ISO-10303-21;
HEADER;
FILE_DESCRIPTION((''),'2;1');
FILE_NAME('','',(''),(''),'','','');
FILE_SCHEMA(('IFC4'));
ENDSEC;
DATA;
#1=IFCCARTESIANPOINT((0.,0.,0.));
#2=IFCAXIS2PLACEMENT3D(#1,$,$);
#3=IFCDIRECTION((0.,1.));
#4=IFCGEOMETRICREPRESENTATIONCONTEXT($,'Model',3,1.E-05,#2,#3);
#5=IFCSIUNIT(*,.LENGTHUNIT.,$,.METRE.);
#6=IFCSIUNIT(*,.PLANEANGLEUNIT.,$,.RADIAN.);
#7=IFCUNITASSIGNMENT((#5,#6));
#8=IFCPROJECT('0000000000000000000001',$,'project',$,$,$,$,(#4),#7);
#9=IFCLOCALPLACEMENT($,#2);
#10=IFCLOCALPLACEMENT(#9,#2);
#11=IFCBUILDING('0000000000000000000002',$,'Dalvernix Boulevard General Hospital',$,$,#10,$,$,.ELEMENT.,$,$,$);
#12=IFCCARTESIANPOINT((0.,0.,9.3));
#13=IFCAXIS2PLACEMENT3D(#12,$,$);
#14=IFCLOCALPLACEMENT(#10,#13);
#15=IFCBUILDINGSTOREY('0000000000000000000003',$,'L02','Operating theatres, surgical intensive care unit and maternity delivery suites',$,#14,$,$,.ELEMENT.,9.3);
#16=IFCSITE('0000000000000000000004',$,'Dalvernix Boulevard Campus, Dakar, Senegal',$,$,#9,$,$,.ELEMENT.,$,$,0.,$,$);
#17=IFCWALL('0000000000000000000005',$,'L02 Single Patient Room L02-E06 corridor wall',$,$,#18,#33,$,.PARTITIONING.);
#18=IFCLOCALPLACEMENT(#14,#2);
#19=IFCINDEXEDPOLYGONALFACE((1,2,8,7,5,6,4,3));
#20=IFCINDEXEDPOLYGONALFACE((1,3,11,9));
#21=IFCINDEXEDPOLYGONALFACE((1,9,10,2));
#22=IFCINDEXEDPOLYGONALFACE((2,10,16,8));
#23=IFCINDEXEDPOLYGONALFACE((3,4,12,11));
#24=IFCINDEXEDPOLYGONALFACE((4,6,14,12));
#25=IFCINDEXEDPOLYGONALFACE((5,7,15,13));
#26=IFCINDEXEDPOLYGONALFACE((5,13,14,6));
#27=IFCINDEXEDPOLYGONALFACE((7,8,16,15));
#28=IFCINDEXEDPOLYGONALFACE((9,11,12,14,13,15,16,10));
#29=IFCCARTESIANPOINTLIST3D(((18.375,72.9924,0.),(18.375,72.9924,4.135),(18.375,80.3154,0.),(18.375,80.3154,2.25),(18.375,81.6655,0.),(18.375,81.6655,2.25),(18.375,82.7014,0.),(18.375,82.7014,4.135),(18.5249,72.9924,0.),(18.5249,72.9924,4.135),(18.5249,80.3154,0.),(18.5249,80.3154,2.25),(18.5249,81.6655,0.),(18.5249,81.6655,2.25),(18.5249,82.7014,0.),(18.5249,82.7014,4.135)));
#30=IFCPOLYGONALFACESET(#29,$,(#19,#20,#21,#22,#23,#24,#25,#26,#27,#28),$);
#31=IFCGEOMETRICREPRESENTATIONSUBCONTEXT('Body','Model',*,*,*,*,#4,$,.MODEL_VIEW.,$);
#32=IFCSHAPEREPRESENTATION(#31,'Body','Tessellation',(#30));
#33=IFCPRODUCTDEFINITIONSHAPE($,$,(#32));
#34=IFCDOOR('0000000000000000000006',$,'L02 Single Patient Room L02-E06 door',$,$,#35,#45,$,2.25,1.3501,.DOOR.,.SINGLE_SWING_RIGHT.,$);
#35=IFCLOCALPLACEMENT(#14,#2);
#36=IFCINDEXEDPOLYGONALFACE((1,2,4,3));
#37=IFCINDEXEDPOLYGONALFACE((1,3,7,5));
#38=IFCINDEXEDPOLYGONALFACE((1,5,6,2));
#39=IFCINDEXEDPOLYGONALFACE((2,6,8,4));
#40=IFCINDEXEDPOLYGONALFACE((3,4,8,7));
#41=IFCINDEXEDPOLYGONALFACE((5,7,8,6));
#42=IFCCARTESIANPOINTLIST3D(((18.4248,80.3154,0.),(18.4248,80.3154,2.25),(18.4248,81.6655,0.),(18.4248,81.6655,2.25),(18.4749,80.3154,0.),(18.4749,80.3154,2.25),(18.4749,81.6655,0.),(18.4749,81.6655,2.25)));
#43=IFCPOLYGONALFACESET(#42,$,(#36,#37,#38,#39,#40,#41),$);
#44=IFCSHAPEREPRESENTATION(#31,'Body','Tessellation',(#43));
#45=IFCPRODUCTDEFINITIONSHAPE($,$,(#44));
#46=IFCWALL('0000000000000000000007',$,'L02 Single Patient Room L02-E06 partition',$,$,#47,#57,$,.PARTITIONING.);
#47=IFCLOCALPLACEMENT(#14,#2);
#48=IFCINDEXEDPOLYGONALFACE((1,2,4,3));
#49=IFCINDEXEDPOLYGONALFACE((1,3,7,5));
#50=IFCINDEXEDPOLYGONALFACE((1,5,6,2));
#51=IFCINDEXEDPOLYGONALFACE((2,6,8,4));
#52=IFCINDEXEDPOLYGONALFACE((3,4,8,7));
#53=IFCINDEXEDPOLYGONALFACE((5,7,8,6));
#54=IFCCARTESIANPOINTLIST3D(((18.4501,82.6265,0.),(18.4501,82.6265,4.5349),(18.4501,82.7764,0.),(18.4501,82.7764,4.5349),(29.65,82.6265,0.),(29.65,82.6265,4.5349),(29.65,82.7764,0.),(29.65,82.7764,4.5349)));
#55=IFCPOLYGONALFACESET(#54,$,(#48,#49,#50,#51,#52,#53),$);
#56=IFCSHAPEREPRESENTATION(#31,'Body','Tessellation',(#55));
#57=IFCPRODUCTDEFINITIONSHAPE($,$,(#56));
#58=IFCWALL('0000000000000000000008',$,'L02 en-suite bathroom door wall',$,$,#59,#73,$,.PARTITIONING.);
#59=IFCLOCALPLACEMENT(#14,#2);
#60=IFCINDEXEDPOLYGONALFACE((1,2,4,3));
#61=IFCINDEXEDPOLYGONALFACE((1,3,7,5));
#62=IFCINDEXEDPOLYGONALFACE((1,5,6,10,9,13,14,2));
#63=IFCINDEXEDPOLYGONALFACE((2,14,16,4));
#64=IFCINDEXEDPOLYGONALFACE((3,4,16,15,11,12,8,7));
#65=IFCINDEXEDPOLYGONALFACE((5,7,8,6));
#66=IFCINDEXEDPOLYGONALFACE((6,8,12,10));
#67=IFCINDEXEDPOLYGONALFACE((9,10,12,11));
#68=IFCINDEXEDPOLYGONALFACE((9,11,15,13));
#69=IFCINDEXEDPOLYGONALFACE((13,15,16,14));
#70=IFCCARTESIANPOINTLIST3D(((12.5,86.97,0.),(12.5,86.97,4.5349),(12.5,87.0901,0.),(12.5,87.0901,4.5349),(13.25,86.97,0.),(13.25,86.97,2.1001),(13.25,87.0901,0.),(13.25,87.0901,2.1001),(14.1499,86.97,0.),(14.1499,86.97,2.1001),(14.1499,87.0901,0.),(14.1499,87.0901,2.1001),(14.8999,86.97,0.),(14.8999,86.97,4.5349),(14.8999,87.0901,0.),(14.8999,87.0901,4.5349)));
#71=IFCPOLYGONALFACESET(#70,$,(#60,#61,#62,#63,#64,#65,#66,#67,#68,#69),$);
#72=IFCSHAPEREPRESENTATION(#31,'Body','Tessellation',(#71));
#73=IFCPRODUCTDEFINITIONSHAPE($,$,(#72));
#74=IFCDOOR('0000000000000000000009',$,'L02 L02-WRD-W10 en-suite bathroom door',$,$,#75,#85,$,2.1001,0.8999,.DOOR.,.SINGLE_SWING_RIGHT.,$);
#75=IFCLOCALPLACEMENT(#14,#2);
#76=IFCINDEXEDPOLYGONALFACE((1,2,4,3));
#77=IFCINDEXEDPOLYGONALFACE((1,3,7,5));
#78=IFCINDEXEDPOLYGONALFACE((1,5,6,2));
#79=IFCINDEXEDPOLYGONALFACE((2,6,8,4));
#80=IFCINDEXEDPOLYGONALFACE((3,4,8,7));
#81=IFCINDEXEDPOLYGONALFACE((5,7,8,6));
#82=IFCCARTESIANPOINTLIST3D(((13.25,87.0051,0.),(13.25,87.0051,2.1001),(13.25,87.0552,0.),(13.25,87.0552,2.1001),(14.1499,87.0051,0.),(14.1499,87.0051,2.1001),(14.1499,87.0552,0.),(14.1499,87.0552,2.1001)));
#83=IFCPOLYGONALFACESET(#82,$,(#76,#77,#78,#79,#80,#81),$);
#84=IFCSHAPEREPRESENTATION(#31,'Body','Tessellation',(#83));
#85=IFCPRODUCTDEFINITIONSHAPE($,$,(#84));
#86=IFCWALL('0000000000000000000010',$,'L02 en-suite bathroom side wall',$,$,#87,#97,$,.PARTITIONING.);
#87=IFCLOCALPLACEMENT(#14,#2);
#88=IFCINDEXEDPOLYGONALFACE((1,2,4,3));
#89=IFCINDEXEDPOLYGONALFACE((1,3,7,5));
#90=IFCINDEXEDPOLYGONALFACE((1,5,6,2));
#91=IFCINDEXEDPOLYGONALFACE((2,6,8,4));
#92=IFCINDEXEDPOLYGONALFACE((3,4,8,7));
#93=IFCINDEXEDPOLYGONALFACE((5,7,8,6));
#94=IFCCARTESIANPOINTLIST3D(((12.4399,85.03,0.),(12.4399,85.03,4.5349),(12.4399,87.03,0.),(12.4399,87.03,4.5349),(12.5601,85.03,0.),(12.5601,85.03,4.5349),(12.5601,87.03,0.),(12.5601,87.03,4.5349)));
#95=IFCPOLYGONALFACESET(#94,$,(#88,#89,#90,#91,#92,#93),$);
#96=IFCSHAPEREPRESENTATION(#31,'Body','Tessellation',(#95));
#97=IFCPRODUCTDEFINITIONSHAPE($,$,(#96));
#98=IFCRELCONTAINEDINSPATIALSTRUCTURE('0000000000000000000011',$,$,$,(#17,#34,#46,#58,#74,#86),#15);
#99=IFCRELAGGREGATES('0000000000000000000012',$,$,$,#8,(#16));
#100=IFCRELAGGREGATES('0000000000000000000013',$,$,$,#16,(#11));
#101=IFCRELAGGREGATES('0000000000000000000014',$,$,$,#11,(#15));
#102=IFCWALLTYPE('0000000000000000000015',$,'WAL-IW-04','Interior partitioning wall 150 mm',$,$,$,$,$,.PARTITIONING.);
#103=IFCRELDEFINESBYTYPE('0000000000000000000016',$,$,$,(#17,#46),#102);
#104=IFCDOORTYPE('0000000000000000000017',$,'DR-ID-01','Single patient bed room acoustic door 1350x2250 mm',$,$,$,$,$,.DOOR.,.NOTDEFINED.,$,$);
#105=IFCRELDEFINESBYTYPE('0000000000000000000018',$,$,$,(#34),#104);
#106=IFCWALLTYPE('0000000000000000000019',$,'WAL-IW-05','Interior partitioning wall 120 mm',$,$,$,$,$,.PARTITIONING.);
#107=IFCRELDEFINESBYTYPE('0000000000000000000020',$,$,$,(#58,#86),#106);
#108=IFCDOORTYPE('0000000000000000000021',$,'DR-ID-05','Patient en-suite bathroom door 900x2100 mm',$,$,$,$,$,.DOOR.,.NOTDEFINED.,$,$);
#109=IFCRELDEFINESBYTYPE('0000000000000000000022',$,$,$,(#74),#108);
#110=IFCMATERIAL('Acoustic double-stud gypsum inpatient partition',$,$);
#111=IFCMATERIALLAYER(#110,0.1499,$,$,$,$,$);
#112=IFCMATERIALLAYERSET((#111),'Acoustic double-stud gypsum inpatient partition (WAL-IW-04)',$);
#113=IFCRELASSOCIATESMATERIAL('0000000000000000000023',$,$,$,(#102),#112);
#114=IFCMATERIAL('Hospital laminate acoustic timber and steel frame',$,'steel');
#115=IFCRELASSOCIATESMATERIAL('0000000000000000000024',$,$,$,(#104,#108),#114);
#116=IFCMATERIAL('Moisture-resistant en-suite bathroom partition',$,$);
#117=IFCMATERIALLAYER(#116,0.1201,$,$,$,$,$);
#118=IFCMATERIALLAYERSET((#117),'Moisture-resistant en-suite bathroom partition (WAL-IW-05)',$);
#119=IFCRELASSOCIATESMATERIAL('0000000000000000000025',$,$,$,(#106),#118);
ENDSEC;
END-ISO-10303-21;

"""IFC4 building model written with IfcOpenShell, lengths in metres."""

from ifc_helpers import new_model, si_unit, direction, frame, frame_2d, origin, place, context, subcontext, project, spatial, rectangle, extrude, material, layer, layer_set, type_object, element, fill, save


model = new_model("IFC4")

# Units and contexts
model_context = context("Model", 3, precision=1e-05, world=origin(), true_north=direction((0.0, 1.0)))
body_context = subcontext(model_context, "Body", "Model", "MODEL_VIEW")
ifc_project = project(units=[si_unit("LENGTHUNIT", "METRE"), si_unit("PLANEANGLEUNIT", "RADIAN")], contexts=[model_context])

# Site, building, storey
site_placement = place(None, origin())
site = spatial("IfcSite", under=ifc_project, at=site_placement, Name="Dalvernix Boulevard Campus, Dakar, Senegal", CompositionType="ELEMENT", RefElevation=0.0)
building_placement = place(site_placement, origin())
building = spatial("IfcBuilding", under=site, at=building_placement, Name="Dalvernix Boulevard General Hospital", CompositionType="ELEMENT")
storey_placement = place(building_placement, frame((0.0, 0.0, 9.3)))
storey = spatial("IfcBuildingStorey", under=building, at=storey_placement, Name="L02", Description="Operating theatres, surgical intensive care unit and maternity delivery suites", CompositionType="ELEMENT", Elevation=9.3)

# Wall, opening, door
ifc_material_1 = material(Name="Hospital laminate acoustic timber and steel frame", Category="steel")
ifc_material_2 = material(Name="Acoustic double-stud gypsum inpatient partition")
ifc_layer_1 = layer(ifc_material_2, 0.1499)
ifc_layer_set_1 = layer_set([ifc_layer_1], Name="Acoustic double-stud gypsum inpatient partition (WAL-IW-04)")
wall_type_1 = type_object("IfcWallType", Name="WAL-IW-04", Description="Interior partitioning wall 150 mm", PredefinedType="PARTITIONING", material=ifc_layer_set_1)
door_type_1 = type_object("IfcDoorType", Name="DR-ID-01", Description="Single patient bed room acoustic door 1350x2250 mm", OperationType="NOTDEFINED", PredefinedType="DOOR", material=ifc_material_1)
wall_1_placement = place(storey_placement, frame((18.45, 82.7014, 0.0), z_axis=(0.0, 0.0, 1.0), x_axis=(0.0, -1.0, 0.0)))
wall_1 = element("IfcWall", 1, at=wall_1_placement, inside=storey, type_object=wall_type_1, Name="L02 Single Patient Room L02-E06 corridor wall", PredefinedType="PARTITIONING", context=body_context, shape_type="SweptSolid", body=[
    extrude(rectangle(XDim=9.709, YDim=0.1499, at=frame_2d((4.8545, 0.0))), origin(), (0.0, 0.0, 1.0), 4.135),
])
opening_1_placement = place(wall_1_placement, frame((1.0359, 0.0, 0.0)))
opening_1 = element("IfcOpeningElement", 2, at=opening_1_placement, cuts=wall_1, PredefinedType="OPENING", context=body_context, shape_type="SweptSolid", body=[
    extrude(rectangle(XDim=1.3501, YDim=2.25, at=frame_2d((0.675, 1.125))), frame((0.0, 0.085, 0.0), z_axis=(0.0, -1.0, 0.0), x_axis=(1.0, 0.0, 0.0)), (0.0, 0.0, 1.0), 0.1699),
])
door_1_placement = place(opening_1_placement, origin())
door_1 = element("IfcDoor", 3, at=door_1_placement, inside=storey, type_object=door_type_1, Name="L02 Single Patient Room L02-E06 door", OperationType="SINGLE_SWING_RIGHT", OverallHeight=2.25, OverallWidth=1.3501, PredefinedType="DOOR", context=body_context, shape_type="SweptSolid", body=[
    extrude(rectangle(XDim=1.3501, YDim=2.25, at=frame_2d((0.675, 1.125))), frame((0.0, 0.0249, 0.0), z_axis=(0.0, -1.0, 0.0), x_axis=(1.0, 0.0, 0.0)), (0.0, 0.0, 1.0), 0.05),
])
fill(opening_1, door_1)

# Wall
wall_2_placement = place(storey_placement, frame((18.45, 82.7014, 0.0), z_axis=(0.0, 0.0, 1.0), x_axis=(1.0, 0.0, 0.0)))
element("IfcWall", 4, at=wall_2_placement, inside=storey, type_object=wall_type_1, Name="L02 Single Patient Room L02-E06 partition", PredefinedType="PARTITIONING", context=body_context, shape_type="SweptSolid", body=[
    extrude(rectangle(XDim=11.2, YDim=0.1499, at=frame_2d((5.6001, 0.0))), origin(), (0.0, 0.0, 1.0), 4.5349),
])

# Wall, opening, door
ifc_material_3 = material(Name="Moisture-resistant en-suite bathroom partition")
ifc_layer_2 = layer(ifc_material_3, 0.1201)
ifc_layer_set_2 = layer_set([ifc_layer_2], Name="Moisture-resistant en-suite bathroom partition (WAL-IW-05)")
wall_type_2 = type_object("IfcWallType", Name="WAL-IW-05", Description="Interior partitioning wall 120 mm", PredefinedType="PARTITIONING", material=ifc_layer_set_2)
wall_3_placement = place(storey_placement, frame((14.8999, 87.03, 0.0), z_axis=(0.0, 0.0, 1.0), x_axis=(-1.0, 0.0, 0.0)))
wall_3 = element("IfcWall", 5, at=wall_3_placement, inside=storey, type_object=wall_type_2, Name="L02 en-suite bathroom door wall", PredefinedType="PARTITIONING", context=body_context, shape_type="SweptSolid", body=[
    extrude(rectangle(XDim=2.3999, YDim=0.1201, at=frame_2d((1.2, 0.0))), origin(), (0.0, 0.0, 1.0), 4.5349),
])
opening_2_placement = place(wall_3_placement, frame((0.75, 0.0, 0.0)))
opening_2 = element("IfcOpeningElement", 6, at=opening_2_placement, cuts=wall_3, PredefinedType="OPENING", context=body_context, shape_type="SweptSolid", body=[
    extrude(rectangle(XDim=0.8999, YDim=2.1001, at=frame_2d((0.45, 1.05))), frame((0.0, 0.0701, 0.0), z_axis=(0.0, -1.0, 0.0), x_axis=(1.0, 0.0, 0.0)), (0.0, 0.0, 1.0), 0.1401),
])
door_type_2 = type_object("IfcDoorType", Name="DR-ID-05", Description="Patient en-suite bathroom door 900x2100 mm", OperationType="NOTDEFINED", PredefinedType="DOOR", material=ifc_material_1)
door_2_placement = place(opening_2_placement, origin())
door_2 = element("IfcDoor", 7, at=door_2_placement, inside=storey, type_object=door_type_2, Name="L02 L02-WRD-W10 en-suite bathroom door", OperationType="SINGLE_SWING_RIGHT", OverallHeight=2.1001, OverallWidth=0.8999, PredefinedType="DOOR", context=body_context, shape_type="SweptSolid", body=[
    extrude(rectangle(XDim=0.8999, YDim=2.1001, at=frame_2d((0.45, 1.05))), frame((0.0, 0.0249, 0.0), z_axis=(0.0, -1.0, 0.0), x_axis=(1.0, 0.0, 0.0)), (0.0, 0.0, 1.0), 0.05),
])
fill(opening_2, door_2)

# Wall
wall_4_placement = place(storey_placement, frame((12.5, 85.03, 0.0), z_axis=(0.0, 0.0, 1.0), x_axis=(0.0, 1.0, 0.0)))
element("IfcWall", 8, at=wall_4_placement, inside=storey, type_object=wall_type_2, Name="L02 en-suite bathroom side wall", PredefinedType="PARTITIONING", context=body_context, shape_type="SweptSolid", body=[
    extrude(rectangle(XDim=2.0, YDim=0.1201, at=frame_2d((1.0, 0.0))), origin(), (0.0, 0.0, 1.0), 4.5349),
])

save(model, "model.ifc")
